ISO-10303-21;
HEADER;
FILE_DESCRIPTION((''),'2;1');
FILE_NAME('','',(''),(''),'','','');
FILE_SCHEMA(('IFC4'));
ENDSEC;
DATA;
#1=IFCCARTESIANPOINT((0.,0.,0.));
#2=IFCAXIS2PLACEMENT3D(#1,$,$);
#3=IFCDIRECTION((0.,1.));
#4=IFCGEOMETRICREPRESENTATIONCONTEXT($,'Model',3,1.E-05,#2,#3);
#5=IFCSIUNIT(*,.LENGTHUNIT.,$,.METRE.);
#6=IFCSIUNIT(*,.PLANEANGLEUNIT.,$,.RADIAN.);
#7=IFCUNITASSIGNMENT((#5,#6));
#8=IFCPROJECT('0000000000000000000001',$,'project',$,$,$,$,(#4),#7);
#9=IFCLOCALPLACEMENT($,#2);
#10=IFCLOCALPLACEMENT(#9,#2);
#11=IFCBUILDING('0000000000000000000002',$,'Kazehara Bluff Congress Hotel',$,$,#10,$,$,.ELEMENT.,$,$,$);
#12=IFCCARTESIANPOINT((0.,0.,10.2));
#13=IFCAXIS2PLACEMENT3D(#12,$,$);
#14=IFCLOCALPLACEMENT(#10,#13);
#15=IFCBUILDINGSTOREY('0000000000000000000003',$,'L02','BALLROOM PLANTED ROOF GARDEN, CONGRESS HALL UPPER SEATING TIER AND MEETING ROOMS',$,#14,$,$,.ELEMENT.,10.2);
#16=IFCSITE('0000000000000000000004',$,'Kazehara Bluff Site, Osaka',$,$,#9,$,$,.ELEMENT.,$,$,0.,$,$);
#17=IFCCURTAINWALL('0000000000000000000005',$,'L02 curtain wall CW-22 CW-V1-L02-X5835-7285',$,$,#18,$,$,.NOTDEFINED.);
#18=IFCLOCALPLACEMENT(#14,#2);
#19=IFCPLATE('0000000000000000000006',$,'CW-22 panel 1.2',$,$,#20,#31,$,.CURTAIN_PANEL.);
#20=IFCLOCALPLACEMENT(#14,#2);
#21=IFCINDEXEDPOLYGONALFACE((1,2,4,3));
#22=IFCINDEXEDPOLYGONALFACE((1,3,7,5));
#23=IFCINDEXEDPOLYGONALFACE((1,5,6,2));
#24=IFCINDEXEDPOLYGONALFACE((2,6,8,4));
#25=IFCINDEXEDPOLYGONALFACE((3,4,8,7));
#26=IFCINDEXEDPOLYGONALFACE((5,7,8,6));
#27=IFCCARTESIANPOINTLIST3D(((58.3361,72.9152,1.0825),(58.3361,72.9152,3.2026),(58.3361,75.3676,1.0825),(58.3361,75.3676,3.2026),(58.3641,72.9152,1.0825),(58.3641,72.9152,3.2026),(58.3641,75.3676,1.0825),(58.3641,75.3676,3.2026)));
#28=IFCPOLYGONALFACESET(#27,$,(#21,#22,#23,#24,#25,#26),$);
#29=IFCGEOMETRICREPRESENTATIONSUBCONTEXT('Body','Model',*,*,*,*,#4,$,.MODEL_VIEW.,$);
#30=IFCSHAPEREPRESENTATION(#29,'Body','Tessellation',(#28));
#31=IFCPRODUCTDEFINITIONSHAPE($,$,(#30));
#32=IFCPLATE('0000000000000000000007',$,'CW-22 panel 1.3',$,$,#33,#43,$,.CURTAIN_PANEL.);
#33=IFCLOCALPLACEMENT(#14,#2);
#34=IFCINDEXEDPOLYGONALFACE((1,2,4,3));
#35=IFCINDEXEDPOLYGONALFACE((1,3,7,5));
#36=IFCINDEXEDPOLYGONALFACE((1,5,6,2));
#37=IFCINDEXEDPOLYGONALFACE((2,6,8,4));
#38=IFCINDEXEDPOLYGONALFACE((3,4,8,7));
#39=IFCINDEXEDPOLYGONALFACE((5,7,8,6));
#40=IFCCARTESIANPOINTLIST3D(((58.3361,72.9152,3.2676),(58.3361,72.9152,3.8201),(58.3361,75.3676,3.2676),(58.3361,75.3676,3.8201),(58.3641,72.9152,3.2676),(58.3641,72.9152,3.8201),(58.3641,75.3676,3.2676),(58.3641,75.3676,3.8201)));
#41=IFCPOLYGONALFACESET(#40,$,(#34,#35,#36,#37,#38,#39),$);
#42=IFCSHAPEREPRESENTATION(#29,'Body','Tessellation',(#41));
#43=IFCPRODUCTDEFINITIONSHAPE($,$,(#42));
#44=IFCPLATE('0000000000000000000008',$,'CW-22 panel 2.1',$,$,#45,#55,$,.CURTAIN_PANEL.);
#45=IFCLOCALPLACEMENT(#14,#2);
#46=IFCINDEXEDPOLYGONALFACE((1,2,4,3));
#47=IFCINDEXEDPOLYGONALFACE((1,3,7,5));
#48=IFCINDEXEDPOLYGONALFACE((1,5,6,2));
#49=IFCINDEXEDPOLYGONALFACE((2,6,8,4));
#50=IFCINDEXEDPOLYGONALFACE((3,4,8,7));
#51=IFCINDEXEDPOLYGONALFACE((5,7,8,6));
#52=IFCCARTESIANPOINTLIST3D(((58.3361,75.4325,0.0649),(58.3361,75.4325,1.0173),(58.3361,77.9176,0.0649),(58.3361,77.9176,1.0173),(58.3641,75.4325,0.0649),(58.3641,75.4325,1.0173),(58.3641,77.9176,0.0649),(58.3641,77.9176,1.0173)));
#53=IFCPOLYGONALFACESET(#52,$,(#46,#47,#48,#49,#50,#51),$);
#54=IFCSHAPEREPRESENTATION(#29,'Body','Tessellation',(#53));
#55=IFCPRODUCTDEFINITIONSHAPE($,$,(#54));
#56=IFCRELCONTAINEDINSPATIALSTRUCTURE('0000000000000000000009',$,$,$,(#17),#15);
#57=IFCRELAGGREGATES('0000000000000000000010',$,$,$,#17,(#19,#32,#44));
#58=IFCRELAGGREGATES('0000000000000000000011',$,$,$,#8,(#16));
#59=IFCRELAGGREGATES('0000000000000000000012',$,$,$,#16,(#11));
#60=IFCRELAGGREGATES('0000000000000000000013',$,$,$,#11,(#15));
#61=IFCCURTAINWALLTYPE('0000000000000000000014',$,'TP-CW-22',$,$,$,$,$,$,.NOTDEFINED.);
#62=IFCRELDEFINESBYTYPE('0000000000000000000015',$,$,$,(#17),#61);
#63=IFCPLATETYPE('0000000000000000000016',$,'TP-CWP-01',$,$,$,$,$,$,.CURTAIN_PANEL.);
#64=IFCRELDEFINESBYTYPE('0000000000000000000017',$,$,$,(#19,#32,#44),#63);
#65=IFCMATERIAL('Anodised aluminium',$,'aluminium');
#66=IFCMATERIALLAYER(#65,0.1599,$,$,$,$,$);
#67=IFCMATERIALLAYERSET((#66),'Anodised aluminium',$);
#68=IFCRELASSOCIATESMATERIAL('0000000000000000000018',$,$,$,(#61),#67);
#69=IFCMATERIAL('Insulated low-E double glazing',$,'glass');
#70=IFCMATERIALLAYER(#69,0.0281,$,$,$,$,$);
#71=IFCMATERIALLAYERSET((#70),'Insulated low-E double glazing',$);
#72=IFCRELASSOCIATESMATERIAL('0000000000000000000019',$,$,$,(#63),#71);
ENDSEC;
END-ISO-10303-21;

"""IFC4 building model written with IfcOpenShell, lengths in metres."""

from ifc_helpers import new_model, si_unit, direction, frame, origin, origin_2d, place, context, subcontext, project, spatial, rectangle, extrude, material, layer, layer_set, type_object, element, aggregate, save


model = new_model("IFC4")

# Units and contexts
model_context = context("Model", 3, precision=1e-05, world=origin(), true_north=direction((0.0, 1.0)))
body_context = subcontext(model_context, "Body", "Model", "MODEL_VIEW")
ifc_project = project(units=[si_unit("LENGTHUNIT", "METRE"), si_unit("PLANEANGLEUNIT", "RADIAN")], contexts=[model_context])

# Site, building, storey
site_placement = place(None, origin())
site = spatial("IfcSite", under=ifc_project, at=site_placement, Name="Kazehara Bluff Site, Osaka", CompositionType="ELEMENT", RefElevation=0.0)
building_placement = place(site_placement, origin())
building = spatial("IfcBuilding", under=site, at=building_placement, Name="Kazehara Bluff Congress Hotel", CompositionType="ELEMENT")
storey_placement = place(building_placement, frame((0.0, 0.0, 10.2)))
storey = spatial("IfcBuildingStorey", under=building, at=storey_placement, Name="L02", Description="BALLROOM PLANTED ROOF GARDEN, CONGRESS HALL UPPER SEATING TIER AND MEETING ROOMS", CompositionType="ELEMENT", Elevation=10.2)

# Curtain wall
ifc_material_1 = material(Name="Anodised aluminium", Category="aluminium")
ifc_layer_1 = layer(ifc_material_1, 0.1599)
ifc_layer_set_1 = layer_set([ifc_layer_1], Name="Anodised aluminium")
curtain_wall_type_1 = type_object("IfcCurtainWallType", Name="TP-CW-22", PredefinedType="NOTDEFINED", material=ifc_layer_set_1)
curtain_wall_1_placement = place(storey_placement, origin())
curtain_wall_1 = element("IfcCurtainWall", 1, at=curtain_wall_1_placement, inside=storey, type_object=curtain_wall_type_1, Name="L02 curtain wall CW-22 CW-V1-L02-X5835-7285", PredefinedType="NOTDEFINED")

# Plates
ifc_material_2 = material(Name="Insulated low-E double glazing", Category="glass")
ifc_layer_2 = layer(ifc_material_2, 0.0281)
ifc_layer_set_2 = layer_set([ifc_layer_2], Name="Insulated low-E double glazing")
plate_type = type_object("IfcPlateType", Name="TP-CWP-01", PredefinedType="CURTAIN_PANEL", material=ifc_layer_set_2)
plate_1_placement = place(storey_placement, frame((58.3501, 74.1414, 1.0825), z_axis=(0.0, 0.0, 1.0), x_axis=(0.0, 1.0, 0.0)))
plate_1 = element("IfcPlate", 2, at=plate_1_placement, type_object=plate_type, Name="CW-22 panel 1.2", PredefinedType="CURTAIN_PANEL", context=body_context, shape_type="SweptSolid", body=[
    extrude(rectangle(XDim=2.4524, YDim=0.0281, at=origin_2d()), origin(), (0.0, 0.0, 1.0), 2.1201),
])
plate_2_placement = place(storey_placement, frame((58.3501, 74.1414, 3.2676), z_axis=(0.0, 0.0, 1.0), x_axis=(0.0, 1.0, 0.0)))
plate_2 = element("IfcPlate", 3, at=plate_2_placement, type_object=plate_type, Name="CW-22 panel 1.3", PredefinedType="CURTAIN_PANEL", context=body_context, shape_type="SweptSolid", body=[
    extrude(rectangle(XDim=2.4524, YDim=0.0281, at=origin_2d()), origin(), (0.0, 0.0, 1.0), 0.5525),
])
plate_3_placement = place(storey_placement, frame((58.3501, 76.675, 0.0649), z_axis=(0.0, 0.0, 1.0), x_axis=(0.0, 1.0, 0.0)))
plate_3 = element("IfcPlate", 4, at=plate_3_placement, type_object=plate_type, Name="CW-22 panel 2.1", PredefinedType="CURTAIN_PANEL", context=body_context, shape_type="SweptSolid", body=[
    extrude(rectangle(XDim=2.4851, YDim=0.0281, at=origin_2d()), origin(), (0.0, 0.0, 1.0), 0.9524),
])
aggregate(curtain_wall_1, [plate_1, plate_2, plate_3])

save(model, "model.ifc")
